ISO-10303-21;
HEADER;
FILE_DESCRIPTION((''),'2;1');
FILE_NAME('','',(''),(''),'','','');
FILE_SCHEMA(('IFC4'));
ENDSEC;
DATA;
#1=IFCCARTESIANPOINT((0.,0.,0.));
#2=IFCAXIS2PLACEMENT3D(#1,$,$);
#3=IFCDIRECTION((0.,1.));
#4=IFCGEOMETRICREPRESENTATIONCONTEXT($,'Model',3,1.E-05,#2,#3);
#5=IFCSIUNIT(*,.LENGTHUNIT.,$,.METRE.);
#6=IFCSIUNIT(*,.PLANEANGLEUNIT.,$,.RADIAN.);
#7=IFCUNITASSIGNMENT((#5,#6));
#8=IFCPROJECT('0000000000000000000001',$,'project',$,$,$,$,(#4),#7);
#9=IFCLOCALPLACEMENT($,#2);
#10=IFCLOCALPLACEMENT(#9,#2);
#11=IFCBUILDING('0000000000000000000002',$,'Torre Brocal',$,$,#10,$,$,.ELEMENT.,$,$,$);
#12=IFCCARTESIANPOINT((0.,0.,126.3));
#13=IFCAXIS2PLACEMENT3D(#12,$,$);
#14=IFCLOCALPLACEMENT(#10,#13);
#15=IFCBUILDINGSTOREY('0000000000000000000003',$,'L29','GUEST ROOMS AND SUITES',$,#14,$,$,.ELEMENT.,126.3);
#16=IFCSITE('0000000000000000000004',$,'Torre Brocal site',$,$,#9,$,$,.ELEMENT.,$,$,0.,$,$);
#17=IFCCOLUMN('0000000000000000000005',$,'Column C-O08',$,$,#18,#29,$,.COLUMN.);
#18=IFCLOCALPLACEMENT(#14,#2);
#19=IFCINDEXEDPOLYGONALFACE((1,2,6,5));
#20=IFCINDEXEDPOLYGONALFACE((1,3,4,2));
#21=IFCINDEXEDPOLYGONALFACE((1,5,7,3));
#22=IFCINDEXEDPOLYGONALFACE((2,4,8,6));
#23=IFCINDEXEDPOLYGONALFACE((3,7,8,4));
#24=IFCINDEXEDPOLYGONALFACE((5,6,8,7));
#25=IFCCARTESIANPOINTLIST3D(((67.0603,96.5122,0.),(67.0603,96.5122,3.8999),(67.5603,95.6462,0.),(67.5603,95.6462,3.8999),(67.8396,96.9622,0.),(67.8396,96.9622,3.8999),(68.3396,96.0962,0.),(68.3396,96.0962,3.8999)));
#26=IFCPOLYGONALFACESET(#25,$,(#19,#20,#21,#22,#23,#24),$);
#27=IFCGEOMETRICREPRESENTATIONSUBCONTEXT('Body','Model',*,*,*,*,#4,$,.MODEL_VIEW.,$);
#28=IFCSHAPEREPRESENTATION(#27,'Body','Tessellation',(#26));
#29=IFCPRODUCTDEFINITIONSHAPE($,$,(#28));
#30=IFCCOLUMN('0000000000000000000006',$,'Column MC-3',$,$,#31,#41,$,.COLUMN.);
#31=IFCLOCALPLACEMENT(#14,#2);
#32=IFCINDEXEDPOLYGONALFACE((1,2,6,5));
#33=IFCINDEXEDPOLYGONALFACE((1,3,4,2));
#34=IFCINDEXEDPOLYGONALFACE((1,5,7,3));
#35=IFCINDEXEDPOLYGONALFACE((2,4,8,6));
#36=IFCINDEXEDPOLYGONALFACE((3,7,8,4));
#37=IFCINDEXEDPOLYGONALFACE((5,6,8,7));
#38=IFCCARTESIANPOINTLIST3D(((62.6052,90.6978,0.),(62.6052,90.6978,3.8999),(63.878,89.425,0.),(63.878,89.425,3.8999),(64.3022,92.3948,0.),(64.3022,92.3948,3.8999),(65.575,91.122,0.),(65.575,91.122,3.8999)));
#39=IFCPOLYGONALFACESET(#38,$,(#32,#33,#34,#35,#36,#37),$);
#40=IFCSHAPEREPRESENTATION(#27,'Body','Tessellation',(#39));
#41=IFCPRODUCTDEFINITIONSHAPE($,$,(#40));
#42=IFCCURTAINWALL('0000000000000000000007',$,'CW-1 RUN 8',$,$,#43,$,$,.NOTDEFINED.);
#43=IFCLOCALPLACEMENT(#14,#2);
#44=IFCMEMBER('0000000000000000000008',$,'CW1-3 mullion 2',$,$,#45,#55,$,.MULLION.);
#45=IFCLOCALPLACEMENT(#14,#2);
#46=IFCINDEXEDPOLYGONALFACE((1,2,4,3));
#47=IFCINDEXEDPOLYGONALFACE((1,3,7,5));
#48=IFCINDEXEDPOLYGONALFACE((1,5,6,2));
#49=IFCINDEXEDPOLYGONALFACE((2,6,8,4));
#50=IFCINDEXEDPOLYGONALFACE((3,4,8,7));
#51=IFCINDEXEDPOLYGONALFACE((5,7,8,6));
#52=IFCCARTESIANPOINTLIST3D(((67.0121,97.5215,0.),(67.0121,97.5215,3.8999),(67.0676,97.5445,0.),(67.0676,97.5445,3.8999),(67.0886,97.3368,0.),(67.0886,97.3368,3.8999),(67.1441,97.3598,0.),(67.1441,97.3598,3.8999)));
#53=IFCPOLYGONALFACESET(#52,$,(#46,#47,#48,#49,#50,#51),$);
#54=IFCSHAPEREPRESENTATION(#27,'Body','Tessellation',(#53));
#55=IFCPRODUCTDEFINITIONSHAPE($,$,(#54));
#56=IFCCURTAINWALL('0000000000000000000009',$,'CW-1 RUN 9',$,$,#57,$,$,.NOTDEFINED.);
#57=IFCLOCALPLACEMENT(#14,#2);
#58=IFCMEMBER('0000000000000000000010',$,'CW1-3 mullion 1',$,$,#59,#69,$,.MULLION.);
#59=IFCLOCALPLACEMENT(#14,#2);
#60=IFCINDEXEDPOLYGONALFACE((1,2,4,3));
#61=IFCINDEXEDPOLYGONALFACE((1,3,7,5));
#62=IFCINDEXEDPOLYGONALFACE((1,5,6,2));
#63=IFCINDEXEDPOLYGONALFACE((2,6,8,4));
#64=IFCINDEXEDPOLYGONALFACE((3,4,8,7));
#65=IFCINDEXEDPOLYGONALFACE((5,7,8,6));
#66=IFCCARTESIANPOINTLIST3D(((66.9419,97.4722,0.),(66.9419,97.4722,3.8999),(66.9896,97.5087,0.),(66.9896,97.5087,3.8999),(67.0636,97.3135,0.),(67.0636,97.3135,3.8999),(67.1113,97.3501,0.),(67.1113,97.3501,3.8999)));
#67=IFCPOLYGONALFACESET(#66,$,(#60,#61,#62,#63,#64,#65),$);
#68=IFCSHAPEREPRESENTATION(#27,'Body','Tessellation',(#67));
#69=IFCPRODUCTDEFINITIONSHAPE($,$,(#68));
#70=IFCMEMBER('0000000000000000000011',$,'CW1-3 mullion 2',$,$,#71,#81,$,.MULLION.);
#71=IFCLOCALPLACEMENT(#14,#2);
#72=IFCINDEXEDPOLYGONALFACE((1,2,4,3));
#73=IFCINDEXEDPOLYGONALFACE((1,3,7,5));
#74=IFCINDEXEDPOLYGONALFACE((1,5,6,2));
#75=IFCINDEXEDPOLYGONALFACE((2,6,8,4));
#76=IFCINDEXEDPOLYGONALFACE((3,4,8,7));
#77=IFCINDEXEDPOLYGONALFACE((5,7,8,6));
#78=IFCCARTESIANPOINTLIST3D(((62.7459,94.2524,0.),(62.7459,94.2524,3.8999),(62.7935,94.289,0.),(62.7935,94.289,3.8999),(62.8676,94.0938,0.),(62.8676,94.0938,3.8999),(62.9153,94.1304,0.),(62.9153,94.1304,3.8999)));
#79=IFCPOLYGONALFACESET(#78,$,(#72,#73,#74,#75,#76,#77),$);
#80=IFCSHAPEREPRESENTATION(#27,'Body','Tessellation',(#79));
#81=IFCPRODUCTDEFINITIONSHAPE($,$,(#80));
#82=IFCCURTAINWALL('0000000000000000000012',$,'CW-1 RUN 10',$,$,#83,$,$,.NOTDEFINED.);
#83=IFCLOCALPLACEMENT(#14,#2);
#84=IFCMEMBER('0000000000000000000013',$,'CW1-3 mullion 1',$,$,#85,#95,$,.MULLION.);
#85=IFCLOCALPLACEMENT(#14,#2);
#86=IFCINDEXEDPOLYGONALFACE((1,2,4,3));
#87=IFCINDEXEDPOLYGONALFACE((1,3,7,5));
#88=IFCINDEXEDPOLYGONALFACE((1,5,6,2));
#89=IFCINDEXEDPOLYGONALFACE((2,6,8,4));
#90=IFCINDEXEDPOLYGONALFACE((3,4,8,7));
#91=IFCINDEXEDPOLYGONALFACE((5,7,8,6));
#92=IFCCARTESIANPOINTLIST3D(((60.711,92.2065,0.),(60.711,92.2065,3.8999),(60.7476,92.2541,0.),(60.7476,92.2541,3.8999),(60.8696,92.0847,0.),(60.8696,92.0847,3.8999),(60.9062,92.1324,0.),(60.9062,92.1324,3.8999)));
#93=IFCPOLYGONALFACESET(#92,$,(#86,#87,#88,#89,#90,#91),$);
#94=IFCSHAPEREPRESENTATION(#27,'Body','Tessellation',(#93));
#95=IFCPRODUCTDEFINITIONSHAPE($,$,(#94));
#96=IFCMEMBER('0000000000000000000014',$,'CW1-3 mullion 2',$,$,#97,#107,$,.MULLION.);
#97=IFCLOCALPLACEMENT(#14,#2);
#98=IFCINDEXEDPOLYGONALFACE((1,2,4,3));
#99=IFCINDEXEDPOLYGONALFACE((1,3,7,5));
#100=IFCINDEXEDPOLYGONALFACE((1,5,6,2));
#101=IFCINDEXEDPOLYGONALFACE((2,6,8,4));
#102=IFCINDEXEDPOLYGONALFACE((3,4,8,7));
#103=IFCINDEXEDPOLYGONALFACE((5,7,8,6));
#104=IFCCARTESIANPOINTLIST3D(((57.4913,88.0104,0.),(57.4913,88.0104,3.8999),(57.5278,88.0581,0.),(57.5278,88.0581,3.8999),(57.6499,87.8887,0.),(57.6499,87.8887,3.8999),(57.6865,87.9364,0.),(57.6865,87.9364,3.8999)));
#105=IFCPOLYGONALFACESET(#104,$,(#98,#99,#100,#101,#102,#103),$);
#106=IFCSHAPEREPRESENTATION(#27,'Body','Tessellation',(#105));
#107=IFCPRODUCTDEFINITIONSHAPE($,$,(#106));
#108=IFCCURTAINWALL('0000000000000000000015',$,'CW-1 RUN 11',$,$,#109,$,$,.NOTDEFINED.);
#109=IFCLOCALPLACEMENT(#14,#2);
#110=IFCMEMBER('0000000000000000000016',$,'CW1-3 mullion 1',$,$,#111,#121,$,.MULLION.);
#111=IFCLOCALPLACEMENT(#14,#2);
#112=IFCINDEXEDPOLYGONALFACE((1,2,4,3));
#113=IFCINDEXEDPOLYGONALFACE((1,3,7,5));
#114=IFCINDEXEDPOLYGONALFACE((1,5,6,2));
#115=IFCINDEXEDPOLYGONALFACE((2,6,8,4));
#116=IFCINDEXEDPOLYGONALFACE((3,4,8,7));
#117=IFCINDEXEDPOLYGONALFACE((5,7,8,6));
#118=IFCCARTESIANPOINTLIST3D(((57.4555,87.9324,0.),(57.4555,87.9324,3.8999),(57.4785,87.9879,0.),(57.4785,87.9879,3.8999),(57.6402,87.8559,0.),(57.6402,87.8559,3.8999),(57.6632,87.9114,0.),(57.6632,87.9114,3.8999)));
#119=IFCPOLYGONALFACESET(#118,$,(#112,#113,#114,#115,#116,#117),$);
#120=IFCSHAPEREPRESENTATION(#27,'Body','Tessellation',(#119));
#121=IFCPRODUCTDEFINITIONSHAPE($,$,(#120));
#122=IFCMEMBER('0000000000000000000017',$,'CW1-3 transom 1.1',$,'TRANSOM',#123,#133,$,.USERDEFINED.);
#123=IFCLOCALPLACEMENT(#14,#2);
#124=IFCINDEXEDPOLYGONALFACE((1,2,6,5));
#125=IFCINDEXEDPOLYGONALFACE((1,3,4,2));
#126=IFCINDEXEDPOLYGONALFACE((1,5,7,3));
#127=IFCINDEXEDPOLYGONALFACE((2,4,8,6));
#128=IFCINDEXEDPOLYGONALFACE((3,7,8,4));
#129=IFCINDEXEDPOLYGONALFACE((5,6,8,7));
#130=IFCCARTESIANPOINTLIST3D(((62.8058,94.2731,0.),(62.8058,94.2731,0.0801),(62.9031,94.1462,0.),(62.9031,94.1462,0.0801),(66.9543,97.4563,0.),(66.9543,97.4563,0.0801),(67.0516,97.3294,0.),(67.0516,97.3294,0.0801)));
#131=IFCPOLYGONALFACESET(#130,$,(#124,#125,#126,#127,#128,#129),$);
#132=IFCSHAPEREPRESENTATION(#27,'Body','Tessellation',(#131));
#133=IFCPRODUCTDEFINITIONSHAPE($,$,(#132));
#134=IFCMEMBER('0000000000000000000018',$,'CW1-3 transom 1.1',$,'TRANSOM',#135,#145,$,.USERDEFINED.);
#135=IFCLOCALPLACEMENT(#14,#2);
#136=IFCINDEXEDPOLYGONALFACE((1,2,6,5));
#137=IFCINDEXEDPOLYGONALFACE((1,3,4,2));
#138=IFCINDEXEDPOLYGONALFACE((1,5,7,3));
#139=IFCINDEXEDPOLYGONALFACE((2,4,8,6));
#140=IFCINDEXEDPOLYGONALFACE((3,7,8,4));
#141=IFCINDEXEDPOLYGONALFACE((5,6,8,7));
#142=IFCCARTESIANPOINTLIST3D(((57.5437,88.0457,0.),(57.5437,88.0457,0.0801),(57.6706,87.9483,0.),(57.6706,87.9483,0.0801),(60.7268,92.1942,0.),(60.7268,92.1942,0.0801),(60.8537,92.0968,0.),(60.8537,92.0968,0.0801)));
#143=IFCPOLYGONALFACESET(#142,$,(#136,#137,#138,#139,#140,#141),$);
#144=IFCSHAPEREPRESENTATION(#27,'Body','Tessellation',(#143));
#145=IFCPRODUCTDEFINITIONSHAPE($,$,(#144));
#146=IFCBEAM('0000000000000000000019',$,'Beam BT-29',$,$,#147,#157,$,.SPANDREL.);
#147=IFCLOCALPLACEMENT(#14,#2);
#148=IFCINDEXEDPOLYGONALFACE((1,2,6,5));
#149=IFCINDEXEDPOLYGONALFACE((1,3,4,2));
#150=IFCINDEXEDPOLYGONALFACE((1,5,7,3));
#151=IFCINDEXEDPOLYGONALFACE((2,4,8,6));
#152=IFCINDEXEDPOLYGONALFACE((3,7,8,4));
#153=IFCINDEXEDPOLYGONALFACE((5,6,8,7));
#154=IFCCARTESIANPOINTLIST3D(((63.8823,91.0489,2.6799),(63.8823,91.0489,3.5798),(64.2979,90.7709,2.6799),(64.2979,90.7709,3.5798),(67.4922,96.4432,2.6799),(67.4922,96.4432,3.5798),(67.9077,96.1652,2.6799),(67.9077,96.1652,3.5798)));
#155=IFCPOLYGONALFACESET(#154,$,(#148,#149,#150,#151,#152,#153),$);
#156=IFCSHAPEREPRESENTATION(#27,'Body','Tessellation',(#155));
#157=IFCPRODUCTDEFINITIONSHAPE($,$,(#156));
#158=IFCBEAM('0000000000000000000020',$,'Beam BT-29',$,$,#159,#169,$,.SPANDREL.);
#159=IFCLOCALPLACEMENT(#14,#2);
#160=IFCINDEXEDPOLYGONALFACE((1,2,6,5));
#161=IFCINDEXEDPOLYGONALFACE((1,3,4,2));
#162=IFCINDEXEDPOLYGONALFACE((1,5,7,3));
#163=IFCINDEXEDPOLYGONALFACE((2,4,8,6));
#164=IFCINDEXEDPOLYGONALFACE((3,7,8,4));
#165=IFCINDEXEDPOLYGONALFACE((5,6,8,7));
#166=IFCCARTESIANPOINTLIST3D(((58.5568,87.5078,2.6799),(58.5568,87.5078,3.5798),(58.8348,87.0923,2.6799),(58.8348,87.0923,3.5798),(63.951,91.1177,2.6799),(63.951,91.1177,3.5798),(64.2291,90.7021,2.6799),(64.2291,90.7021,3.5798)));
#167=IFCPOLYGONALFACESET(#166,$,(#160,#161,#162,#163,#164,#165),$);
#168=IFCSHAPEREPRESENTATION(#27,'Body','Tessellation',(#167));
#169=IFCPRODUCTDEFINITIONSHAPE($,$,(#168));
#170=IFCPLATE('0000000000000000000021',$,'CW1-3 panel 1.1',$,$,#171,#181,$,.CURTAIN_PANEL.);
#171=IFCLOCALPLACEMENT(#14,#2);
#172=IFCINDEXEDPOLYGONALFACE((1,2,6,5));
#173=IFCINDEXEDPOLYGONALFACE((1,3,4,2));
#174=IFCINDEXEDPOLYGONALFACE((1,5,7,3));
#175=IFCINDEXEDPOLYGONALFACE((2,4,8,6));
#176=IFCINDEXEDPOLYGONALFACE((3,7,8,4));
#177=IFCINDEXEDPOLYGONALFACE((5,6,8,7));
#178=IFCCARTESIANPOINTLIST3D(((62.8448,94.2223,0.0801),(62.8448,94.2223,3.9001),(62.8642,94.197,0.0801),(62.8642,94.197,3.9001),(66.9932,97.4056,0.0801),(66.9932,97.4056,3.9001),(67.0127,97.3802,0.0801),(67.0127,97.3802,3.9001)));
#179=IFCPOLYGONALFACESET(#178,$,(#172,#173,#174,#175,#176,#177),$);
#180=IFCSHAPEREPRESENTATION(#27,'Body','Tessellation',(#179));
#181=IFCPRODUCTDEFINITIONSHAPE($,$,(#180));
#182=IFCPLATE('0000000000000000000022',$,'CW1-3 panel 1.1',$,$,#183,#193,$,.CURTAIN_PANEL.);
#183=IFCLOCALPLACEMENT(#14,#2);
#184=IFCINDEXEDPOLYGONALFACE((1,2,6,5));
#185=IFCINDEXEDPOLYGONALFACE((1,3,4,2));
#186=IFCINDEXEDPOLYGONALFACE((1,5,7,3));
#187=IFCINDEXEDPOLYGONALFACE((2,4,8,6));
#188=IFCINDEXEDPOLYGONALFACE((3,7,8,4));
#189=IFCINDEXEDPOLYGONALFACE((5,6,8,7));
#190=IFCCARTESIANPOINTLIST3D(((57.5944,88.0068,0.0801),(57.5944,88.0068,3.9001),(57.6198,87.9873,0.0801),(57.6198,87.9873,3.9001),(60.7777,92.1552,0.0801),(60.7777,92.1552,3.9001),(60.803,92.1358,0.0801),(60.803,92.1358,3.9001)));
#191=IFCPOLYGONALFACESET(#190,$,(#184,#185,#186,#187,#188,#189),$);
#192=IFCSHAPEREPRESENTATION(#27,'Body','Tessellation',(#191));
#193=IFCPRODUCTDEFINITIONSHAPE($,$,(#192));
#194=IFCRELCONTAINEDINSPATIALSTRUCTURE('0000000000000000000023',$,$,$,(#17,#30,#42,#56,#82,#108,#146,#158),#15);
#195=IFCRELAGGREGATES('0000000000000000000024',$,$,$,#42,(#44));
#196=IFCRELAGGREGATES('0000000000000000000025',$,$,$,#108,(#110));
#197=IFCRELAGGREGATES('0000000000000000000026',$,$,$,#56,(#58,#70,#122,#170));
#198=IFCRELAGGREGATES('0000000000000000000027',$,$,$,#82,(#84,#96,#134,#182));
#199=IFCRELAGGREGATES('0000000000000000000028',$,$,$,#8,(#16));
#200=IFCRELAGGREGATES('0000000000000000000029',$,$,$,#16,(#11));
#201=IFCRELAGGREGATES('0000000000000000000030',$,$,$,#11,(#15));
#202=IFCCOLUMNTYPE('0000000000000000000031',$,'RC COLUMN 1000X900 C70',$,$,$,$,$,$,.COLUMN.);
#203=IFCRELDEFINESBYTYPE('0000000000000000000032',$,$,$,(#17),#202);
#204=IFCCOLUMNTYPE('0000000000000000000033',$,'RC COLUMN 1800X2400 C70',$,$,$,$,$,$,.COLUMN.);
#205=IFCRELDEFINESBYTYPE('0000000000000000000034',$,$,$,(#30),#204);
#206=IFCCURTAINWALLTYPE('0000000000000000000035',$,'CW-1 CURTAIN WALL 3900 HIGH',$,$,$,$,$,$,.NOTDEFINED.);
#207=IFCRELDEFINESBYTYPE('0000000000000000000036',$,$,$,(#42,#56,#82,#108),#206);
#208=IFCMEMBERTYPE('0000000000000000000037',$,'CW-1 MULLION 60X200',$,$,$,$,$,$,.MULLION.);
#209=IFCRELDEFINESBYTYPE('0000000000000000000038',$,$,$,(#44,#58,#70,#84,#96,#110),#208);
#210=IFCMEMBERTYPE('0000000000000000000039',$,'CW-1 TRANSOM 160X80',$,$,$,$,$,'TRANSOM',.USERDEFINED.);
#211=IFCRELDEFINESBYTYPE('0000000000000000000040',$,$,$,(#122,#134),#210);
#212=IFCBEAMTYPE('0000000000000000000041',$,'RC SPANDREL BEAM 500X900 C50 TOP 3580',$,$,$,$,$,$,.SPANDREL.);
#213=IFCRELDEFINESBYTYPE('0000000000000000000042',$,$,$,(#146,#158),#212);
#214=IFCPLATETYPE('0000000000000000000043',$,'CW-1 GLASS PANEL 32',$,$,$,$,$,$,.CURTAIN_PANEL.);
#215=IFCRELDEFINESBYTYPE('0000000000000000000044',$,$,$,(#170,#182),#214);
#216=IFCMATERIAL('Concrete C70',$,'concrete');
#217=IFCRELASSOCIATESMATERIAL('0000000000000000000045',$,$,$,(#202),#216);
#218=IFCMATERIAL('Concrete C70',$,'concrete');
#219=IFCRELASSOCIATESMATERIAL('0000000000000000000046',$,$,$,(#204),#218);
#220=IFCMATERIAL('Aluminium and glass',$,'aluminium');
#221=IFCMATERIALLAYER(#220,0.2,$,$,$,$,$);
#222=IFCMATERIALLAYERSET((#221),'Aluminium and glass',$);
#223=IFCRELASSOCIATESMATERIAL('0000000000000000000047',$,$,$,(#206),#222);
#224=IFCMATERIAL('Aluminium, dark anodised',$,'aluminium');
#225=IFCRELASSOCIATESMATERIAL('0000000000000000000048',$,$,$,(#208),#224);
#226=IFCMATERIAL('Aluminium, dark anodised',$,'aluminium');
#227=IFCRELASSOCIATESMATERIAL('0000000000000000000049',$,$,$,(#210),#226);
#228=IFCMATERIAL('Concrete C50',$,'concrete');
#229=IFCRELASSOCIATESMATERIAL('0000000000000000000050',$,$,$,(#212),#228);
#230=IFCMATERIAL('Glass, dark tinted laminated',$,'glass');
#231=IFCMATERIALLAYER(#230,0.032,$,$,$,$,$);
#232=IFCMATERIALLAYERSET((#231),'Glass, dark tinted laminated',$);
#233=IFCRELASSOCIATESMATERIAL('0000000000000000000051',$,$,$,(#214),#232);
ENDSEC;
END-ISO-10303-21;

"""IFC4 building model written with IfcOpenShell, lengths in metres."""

from ifc_helpers import new_model, si_unit, direction, frame, origin, origin_2d, place, context, subcontext, project, spatial, rectangle, extrude, material, layer, layer_set, material_profile, profile_set, type_object, element, aggregate, save


model = new_model("IFC4")

# Units and contexts
model_context = context("Model", 3, precision=1e-05, world=origin(), true_north=direction((0.0, 1.0)))
body_context = subcontext(model_context, "Body", "Model", "MODEL_VIEW")
ifc_project = project(units=[si_unit("LENGTHUNIT", "METRE"), si_unit("PLANEANGLEUNIT", "RADIAN")], contexts=[model_context])

# Site, building, storey
site_placement = place(None, origin())
site = spatial("IfcSite", under=ifc_project, at=site_placement, Name="Torre Brocal site", CompositionType="ELEMENT", RefElevation=0.0)
building_placement = place(site_placement, origin())
building = spatial("IfcBuilding", under=site, at=building_placement, Name="Torre Brocal", CompositionType="ELEMENT")
storey_placement = place(building_placement, frame((0.0, 0.0, 126.3)))
storey = spatial("IfcBuildingStorey", under=building, at=storey_placement, Name="L29", Description="GUEST ROOMS AND SUITES", CompositionType="ELEMENT", Elevation=126.3)

# Columns
ifc_material_1 = material(Name="Concrete C70", Category="concrete")
ifc_material_profile_1 = material_profile(ifc_material_1, rectangle(XDim=1.0, YDim=0.8999, at=origin_2d()), Name="RC 1000X900")
ifc_profile_set_1 = profile_set([ifc_material_profile_1], Name="Concrete C70")
column_type_1 = type_object("IfcColumnType", Name="RC COLUMN 1000X900 C70", PredefinedType="COLUMN", material=ifc_profile_set_1)
column_1_placement = place(storey_placement, frame((67.7, 96.3042, 0.0), z_axis=(0.0, 0.0, 1.0), x_axis=(-0.5, 0.866025, 0.0)))
element("IfcColumn", 1, at=column_1_placement, inside=storey, type_object=column_type_1, Name="Column C-O08", PredefinedType="COLUMN", context=body_context, shape_type="SweptSolid", body=[
    extrude(rectangle(XDim=1.0, YDim=0.8999, at=origin_2d()), origin(), (0.0, 0.0, 1.0), 3.8999),
])
ifc_material_2 = material(Name="Concrete C70", Category="concrete")
ifc_material_profile_2 = material_profile(ifc_material_2, rectangle(XDim=1.8, YDim=2.3999, at=origin_2d()), Name="RC 1800X2400")
ifc_profile_set_2 = profile_set([ifc_material_profile_2], Name="Concrete C70")
column_type_2 = type_object("IfcColumnType", Name="RC COLUMN 1800X2400 C70", PredefinedType="COLUMN", material=ifc_profile_set_2)
column_2_placement = place(storey_placement, frame((64.0901, 90.9099, 0.0), z_axis=(0.0, 0.0, 1.0), x_axis=(-0.707107, 0.707107, 0.0)))
element("IfcColumn", 2, at=column_2_placement, inside=storey, type_object=column_type_2, Name="Column MC-3", PredefinedType="COLUMN", context=body_context, shape_type="SweptSolid", body=[
    extrude(rectangle(XDim=1.8, YDim=2.3999, at=origin_2d()), origin(), (0.0, 0.0, 1.0), 3.8999),
])

# Curtain wall, member
ifc_material_3 = material(Name="Aluminium and glass", Category="aluminium")
ifc_layer_1 = layer(ifc_material_3, 0.2)
ifc_layer_set_1 = layer_set([ifc_layer_1], Name="Aluminium and glass")
curtain_wall_type = type_object("IfcCurtainWallType", Name="CW-1 CURTAIN WALL 3900 HIGH", PredefinedType="NOTDEFINED", material=ifc_layer_set_1)
curtain_wall_1_placement = place(storey_placement, origin())
curtain_wall_1 = element("IfcCurtainWall", 3, at=curtain_wall_1_placement, inside=storey, type_object=curtain_wall_type, Name="CW-1 RUN 8", PredefinedType="NOTDEFINED")
ifc_material_4 = material(Name="Aluminium, dark anodised", Category="aluminium")
ifc_material_profile_3 = material_profile(ifc_material_4, rectangle(XDim=0.2, YDim=0.0601, at=origin_2d()), Name="CW-1 MULLION 60X200")
ifc_profile_set_3 = profile_set([ifc_material_profile_3], Name="Aluminium, dark anodised")
member_type_1 = type_object("IfcMemberType", Name="CW-1 MULLION 60X200", PredefinedType="MULLION", material=ifc_profile_set_3)
member_1_placement = place(storey_placement, frame((67.0781, 97.4407, 0.0), z_axis=(0.0, 0.0, 1.0), x_axis=(0.382683, -0.92388, 0.0)))
member_1 = element("IfcMember", 4, at=member_1_placement, type_object=member_type_1, Name="CW1-3 mullion 2", PredefinedType="MULLION", context=body_context, shape_type="SweptSolid", body=[
    extrude(rectangle(XDim=0.2, YDim=0.0601, at=origin_2d()), origin(), (0.0, 0.0, 1.0), 3.8999),
])
aggregate(curtain_wall_1, [member_1])

# Curtain walls, members
curtain_wall_2_placement = place(storey_placement, origin())
curtain_wall_2 = element("IfcCurtainWall", 5, at=curtain_wall_2_placement, inside=storey, type_object=curtain_wall_type, Name="CW-1 RUN 9", PredefinedType="NOTDEFINED")
member_2_placement = place(storey_placement, frame((67.0266, 97.4111, 0.0), z_axis=(0.0, 0.0, 1.0), x_axis=(0.608761, -0.793353, 0.0)))
member_2 = element("IfcMember", 6, at=member_2_placement, type_object=member_type_1, Name="CW1-3 mullion 1", PredefinedType="MULLION", context=body_context, shape_type="SweptSolid", body=[
    extrude(rectangle(XDim=0.2, YDim=0.0601, at=origin_2d()), origin(), (0.0, 0.0, 1.0), 3.8999),
])
member_3_placement = place(storey_placement, frame((62.8306, 94.1914, 0.0), z_axis=(0.0, 0.0, 1.0), x_axis=(0.608761, -0.793353, 0.0)))
member_3 = element("IfcMember", 7, at=member_3_placement, type_object=member_type_1, Name="CW1-3 mullion 2", PredefinedType="MULLION", context=body_context, shape_type="SweptSolid", body=[
    extrude(rectangle(XDim=0.2, YDim=0.0601, at=origin_2d()), origin(), (0.0, 0.0, 1.0), 3.8999),
])
curtain_wall_3_placement = place(storey_placement, origin())
curtain_wall_3 = element("IfcCurtainWall", 8, at=curtain_wall_3_placement, inside=storey, type_object=curtain_wall_type, Name="CW-1 RUN 10", PredefinedType="NOTDEFINED")
member_4_placement = place(storey_placement, frame((60.8086, 92.1694, 0.0), z_axis=(0.0, 0.0, 1.0), x_axis=(0.793353, -0.608761, 0.0)))
member_4 = element("IfcMember", 9, at=member_4_placement, type_object=member_type_1, Name="CW1-3 mullion 1", PredefinedType="MULLION", context=body_context, shape_type="SweptSolid", body=[
    extrude(rectangle(XDim=0.2, YDim=0.0601, at=origin_2d()), origin(), (0.0, 0.0, 1.0), 3.8999),
])
member_5_placement = place(storey_placement, frame((57.5889, 87.9734, 0.0), z_axis=(0.0, 0.0, 1.0), x_axis=(0.793353, -0.608761, 0.0)))
member_5 = element("IfcMember", 10, at=member_5_placement, type_object=member_type_1, Name="CW1-3 mullion 2", PredefinedType="MULLION", context=body_context, shape_type="SweptSolid", body=[
    extrude(rectangle(XDim=0.2, YDim=0.0601, at=origin_2d()), origin(), (0.0, 0.0, 1.0), 3.8999),
])

# Curtain wall, member
curtain_wall_4_placement = place(storey_placement, origin())
curtain_wall_4 = element("IfcCurtainWall", 11, at=curtain_wall_4_placement, inside=storey, type_object=curtain_wall_type, Name="CW-1 RUN 11", PredefinedType="NOTDEFINED")
member_6_placement = place(storey_placement, frame((57.5593, 87.9219, 0.0), z_axis=(0.0, 0.0, 1.0), x_axis=(0.92388, -0.382683, 0.0)))
member_6 = element("IfcMember", 12, at=member_6_placement, type_object=member_type_1, Name="CW1-3 mullion 1", PredefinedType="MULLION", context=body_context, shape_type="SweptSolid", body=[
    extrude(rectangle(XDim=0.2, YDim=0.0601, at=origin_2d()), origin(), (0.0, 0.0, 1.0), 3.8999),
])
aggregate(curtain_wall_4, [member_6])

# Members
ifc_material_5 = material(Name="Aluminium, dark anodised", Category="aluminium")
ifc_material_profile_4 = material_profile(ifc_material_5, rectangle(XDim=0.1599, YDim=0.0801, at=origin_2d()), Name="CW-1 TRANSOM 160X80")
ifc_profile_set_4 = profile_set([ifc_material_profile_4], Name="Aluminium, dark anodised")
member_type_2 = type_object("IfcMemberType", Name="CW-1 TRANSOM 160X80", ElementType="TRANSOM", PredefinedType="USERDEFINED", material=ifc_profile_set_4)
member_7_placement = place(storey_placement, frame((67.0029, 97.3928, 0.04), z_axis=(-0.793363, -0.608749, 0.0), x_axis=(0.608749, -0.793363, 0.0)))
member_7 = element("IfcMember", 13, at=member_7_placement, type_object=member_type_2, Name="CW1-3 transom 1.1", ObjectType="TRANSOM", PredefinedType="USERDEFINED", context=body_context, shape_type="SweptSolid", body=[
    extrude(rectangle(XDim=0.1599, YDim=0.0801, at=origin_2d()), origin(), (0.0, 0.0, 1.0), 5.229),
])
member_8_placement = place(storey_placement, frame((60.7903, 92.1455, 0.04), z_axis=(-0.608749, -0.793363, 0.0), x_axis=(0.793363, -0.608749, 0.0)))
member_8 = element("IfcMember", 14, at=member_8_placement, type_object=member_type_2, Name="CW1-3 transom 1.1", ObjectType="TRANSOM", PredefinedType="USERDEFINED", context=body_context, shape_type="SweptSolid", body=[
    extrude(rectangle(XDim=0.1599, YDim=0.0801, at=origin_2d()), origin(), (0.0, 0.0, 1.0), 5.229),
])

# Beams
ifc_material_6 = material(Name="Concrete C50", Category="concrete")
ifc_material_profile_5 = material_profile(ifc_material_6, rectangle(XDim=0.5, YDim=0.8999, at=origin_2d()), Name="RC 500X900")
ifc_profile_set_5 = profile_set([ifc_material_profile_5], Name="Concrete C50")
beam_type = type_object("IfcBeamType", Name="RC SPANDREL BEAM 500X900 C50 TOP 3580", PredefinedType="SPANDREL", material=ifc_profile_set_5)
for number, where, z_axis, x_axis, name in (
    (15, (67.7, 96.3042, 3.1299), (-0.556158, -0.831077, 0.0), (0.831077, -0.556158, 0.0), "Beam BT-29"),
    (16, (64.0901, 90.9099, 3.1299), (-0.831077, -0.556158, 0.0), (0.556158, -0.831077, 0.0), "Beam BT-29"),
):
    element("IfcBeam", number, at=place(storey_placement, frame(where, z_axis=z_axis, x_axis=x_axis)), inside=storey, type_object=beam_type, Name=name, PredefinedType="SPANDREL", context=body_context, shape_type="SweptSolid", body=[
        extrude(rectangle(XDim=0.5, YDim=0.8999, at=origin_2d()), origin(), (0.0, 0.0, 1.0), 6.4907),
    ])

# Plates
ifc_material_7 = material(Name="Glass, dark tinted laminated", Category="glass")
ifc_layer_2 = layer(ifc_material_7, 0.032)
ifc_layer_set_2 = layer_set([ifc_layer_2], Name="Glass, dark tinted laminated")
plate_type = type_object("IfcPlateType", Name="CW-1 GLASS PANEL 32", PredefinedType="CURTAIN_PANEL", material=ifc_layer_set_2)
plate_1_placement = place(storey_placement, frame((64.9287, 95.8013, 0.0801), z_axis=(0.0, 0.0, 1.0), x_axis=(-0.793353, -0.608761, 0.0)))
plate_1 = element("IfcPlate", 17, at=plate_1_placement, type_object=plate_type, Name="CW1-3 panel 1.1", PredefinedType="CURTAIN_PANEL", context=body_context, shape_type="SweptSolid", body=[
    extrude(rectangle(XDim=5.229, YDim=0.032, at=origin_2d()), origin(), (0.0, 0.0, 1.0), 3.8201),
])
aggregate(curtain_wall_2, [member_2, member_3, member_7, plate_1])
plate_2_placement = place(storey_placement, frame((59.1987, 90.0713, 0.0801), z_axis=(0.0, 0.0, 1.0), x_axis=(-0.608761, -0.793353, 0.0)))
plate_2 = element("IfcPlate", 18, at=plate_2_placement, type_object=plate_type, Name="CW1-3 panel 1.1", PredefinedType="CURTAIN_PANEL", context=body_context, shape_type="SweptSolid", body=[
    extrude(rectangle(XDim=5.229, YDim=0.032, at=origin_2d()), origin(), (0.0, 0.0, 1.0), 3.8201),
])
aggregate(curtain_wall_3, [member_4, member_5, member_8, plate_2])

save(model, "model.ifc")
